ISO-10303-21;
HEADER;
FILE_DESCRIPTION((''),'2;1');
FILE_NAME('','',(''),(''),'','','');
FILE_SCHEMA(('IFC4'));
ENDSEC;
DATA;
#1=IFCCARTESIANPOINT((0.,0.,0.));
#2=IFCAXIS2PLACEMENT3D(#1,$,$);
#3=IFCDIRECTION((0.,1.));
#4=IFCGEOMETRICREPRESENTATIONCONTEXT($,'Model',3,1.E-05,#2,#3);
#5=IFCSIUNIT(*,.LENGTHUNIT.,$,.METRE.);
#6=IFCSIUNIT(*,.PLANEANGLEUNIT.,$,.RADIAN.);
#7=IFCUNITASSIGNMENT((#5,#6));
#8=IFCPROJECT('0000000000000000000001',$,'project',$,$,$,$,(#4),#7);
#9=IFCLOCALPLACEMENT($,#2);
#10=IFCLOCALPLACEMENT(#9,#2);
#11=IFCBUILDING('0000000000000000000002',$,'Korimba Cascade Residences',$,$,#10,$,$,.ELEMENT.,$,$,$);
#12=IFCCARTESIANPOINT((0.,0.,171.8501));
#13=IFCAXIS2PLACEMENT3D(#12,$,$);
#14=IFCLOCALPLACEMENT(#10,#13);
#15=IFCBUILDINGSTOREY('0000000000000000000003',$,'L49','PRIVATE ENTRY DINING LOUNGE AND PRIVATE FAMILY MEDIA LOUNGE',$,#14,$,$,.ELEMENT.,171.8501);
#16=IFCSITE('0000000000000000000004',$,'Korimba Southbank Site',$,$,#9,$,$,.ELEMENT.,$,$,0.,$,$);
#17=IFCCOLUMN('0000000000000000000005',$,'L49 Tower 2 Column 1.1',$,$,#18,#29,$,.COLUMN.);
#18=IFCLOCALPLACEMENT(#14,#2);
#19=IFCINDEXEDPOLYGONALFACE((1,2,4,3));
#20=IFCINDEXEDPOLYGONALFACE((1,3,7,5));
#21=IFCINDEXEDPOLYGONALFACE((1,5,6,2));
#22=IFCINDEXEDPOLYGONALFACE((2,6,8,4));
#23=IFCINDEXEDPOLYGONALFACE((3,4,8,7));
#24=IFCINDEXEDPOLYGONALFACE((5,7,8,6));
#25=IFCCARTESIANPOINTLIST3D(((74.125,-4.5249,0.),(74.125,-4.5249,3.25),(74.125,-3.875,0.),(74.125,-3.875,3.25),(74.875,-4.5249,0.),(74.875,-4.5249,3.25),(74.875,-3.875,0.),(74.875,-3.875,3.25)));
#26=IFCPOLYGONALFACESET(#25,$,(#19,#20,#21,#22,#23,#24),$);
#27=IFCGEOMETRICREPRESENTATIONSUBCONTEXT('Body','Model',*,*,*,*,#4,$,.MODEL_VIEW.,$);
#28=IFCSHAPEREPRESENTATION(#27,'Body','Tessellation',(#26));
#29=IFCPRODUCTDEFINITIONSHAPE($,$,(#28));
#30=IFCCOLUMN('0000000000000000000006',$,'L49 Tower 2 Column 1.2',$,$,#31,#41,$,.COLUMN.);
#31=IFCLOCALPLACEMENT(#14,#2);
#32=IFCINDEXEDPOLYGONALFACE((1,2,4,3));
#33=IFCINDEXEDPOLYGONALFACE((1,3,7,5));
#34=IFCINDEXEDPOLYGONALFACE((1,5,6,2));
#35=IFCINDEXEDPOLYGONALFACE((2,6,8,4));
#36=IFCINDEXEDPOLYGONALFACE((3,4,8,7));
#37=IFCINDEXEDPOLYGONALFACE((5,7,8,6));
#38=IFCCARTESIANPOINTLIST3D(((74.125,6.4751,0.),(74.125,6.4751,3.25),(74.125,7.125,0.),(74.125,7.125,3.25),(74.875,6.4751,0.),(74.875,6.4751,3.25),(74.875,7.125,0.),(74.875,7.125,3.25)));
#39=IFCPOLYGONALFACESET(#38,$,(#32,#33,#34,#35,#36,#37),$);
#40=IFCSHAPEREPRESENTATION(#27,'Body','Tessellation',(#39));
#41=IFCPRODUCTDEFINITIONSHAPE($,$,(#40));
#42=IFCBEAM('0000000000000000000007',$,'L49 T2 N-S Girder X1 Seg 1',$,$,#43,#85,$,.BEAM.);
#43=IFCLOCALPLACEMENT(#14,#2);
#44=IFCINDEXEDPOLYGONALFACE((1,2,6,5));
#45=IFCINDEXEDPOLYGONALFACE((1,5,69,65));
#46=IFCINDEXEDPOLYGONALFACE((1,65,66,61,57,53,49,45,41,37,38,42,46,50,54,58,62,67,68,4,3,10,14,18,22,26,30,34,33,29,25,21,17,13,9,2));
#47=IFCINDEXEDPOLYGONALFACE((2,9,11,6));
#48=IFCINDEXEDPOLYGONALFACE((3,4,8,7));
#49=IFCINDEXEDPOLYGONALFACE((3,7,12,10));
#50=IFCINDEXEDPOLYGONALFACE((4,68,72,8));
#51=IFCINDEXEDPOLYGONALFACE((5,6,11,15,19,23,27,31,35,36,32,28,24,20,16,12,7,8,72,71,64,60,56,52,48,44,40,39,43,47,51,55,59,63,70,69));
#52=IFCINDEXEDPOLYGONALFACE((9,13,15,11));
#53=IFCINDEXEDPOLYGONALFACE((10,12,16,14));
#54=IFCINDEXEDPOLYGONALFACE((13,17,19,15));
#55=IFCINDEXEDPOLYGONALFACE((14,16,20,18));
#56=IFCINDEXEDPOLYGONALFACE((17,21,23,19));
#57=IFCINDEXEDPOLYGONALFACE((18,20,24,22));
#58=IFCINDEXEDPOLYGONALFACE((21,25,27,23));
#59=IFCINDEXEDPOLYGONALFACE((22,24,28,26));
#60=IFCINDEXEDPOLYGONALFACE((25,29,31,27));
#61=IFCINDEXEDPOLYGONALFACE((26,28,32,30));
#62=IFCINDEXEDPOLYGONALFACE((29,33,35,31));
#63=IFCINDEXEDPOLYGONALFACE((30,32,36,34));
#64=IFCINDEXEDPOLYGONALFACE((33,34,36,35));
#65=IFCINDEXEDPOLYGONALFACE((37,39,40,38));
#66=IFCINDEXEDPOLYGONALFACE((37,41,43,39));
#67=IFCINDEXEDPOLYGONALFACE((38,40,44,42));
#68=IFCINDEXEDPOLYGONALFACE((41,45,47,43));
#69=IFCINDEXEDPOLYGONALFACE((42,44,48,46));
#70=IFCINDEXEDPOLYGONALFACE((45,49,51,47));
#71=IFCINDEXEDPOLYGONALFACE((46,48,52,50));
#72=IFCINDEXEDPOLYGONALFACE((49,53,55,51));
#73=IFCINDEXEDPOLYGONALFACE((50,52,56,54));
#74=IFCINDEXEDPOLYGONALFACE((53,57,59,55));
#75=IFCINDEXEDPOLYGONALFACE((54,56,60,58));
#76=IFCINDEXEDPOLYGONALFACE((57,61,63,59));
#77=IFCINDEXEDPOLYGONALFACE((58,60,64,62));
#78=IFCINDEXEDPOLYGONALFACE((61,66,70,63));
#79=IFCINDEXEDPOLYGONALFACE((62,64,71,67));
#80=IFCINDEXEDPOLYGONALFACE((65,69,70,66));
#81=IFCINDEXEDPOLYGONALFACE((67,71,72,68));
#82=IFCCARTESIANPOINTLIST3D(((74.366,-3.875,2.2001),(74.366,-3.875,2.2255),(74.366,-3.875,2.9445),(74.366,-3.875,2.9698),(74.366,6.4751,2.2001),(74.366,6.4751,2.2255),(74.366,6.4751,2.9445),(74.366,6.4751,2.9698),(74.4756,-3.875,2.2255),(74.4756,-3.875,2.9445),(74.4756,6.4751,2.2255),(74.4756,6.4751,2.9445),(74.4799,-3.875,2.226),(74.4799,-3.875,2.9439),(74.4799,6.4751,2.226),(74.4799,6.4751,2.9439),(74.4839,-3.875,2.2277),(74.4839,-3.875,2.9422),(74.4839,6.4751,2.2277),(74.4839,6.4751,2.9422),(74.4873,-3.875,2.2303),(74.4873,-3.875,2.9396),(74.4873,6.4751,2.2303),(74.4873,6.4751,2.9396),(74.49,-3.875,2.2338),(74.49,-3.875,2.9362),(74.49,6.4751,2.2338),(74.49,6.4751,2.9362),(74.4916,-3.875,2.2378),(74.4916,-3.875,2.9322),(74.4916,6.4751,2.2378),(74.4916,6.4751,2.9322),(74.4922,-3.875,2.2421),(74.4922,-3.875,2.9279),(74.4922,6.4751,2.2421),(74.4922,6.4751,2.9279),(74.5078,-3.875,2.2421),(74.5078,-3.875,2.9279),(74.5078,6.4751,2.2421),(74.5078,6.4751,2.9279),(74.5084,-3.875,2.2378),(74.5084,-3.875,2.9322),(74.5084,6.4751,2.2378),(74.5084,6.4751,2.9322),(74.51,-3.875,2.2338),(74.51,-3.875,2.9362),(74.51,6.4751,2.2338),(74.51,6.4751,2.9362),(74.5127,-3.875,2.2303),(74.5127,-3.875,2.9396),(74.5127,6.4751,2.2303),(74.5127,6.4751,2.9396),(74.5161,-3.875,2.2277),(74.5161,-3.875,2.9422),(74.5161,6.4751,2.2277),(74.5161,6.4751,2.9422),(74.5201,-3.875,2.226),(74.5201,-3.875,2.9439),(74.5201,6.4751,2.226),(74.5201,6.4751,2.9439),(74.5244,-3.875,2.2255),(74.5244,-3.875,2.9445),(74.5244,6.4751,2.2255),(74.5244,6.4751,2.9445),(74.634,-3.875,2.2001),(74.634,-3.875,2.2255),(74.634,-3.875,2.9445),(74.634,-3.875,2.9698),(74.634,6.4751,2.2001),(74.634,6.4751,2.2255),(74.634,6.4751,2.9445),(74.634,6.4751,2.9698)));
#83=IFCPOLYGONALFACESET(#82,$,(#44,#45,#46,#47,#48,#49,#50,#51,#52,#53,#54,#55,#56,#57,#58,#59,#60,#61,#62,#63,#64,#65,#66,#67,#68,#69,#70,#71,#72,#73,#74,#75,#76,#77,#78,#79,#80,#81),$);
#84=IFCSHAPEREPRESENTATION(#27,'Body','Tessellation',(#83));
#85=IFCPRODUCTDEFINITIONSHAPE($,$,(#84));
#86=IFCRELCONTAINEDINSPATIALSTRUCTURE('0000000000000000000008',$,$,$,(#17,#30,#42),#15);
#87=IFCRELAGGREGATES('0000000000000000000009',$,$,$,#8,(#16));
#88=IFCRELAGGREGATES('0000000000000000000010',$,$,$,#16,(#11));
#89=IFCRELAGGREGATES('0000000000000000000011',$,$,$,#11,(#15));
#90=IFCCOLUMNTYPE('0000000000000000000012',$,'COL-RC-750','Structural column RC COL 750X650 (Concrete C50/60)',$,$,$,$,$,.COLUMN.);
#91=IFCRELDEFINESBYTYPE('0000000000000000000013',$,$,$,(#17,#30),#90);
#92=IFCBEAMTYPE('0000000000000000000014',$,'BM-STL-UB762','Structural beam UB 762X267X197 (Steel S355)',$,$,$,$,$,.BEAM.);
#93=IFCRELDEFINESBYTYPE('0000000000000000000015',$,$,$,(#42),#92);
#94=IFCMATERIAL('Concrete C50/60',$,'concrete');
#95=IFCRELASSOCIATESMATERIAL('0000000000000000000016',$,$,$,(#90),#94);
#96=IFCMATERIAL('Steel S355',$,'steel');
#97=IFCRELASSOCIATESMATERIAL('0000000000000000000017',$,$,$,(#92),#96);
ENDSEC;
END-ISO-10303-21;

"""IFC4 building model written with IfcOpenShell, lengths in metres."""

from ifc_helpers import new_model, si_unit, direction, frame, origin, origin_2d, place, context, subcontext, project, spatial, rectangle, i_section, extrude, material, material_profile, profile_set, type_object, element, save


model = new_model("IFC4")

# Units and contexts
model_context = context("Model", 3, precision=1e-05, world=origin(), true_north=direction((0.0, 1.0)))
body_context = subcontext(model_context, "Body", "Model", "MODEL_VIEW")
ifc_project = project(units=[si_unit("LENGTHUNIT", "METRE"), si_unit("PLANEANGLEUNIT", "RADIAN")], contexts=[model_context])

# Site, building, storey
site_placement = place(None, origin())
site = spatial("IfcSite", under=ifc_project, at=site_placement, Name="Korimba Southbank Site", CompositionType="ELEMENT", RefElevation=0.0)
building_placement = place(site_placement, origin())
building = spatial("IfcBuilding", under=site, at=building_placement, Name="Korimba Cascade Residences", CompositionType="ELEMENT")
storey_placement = place(building_placement, frame((0.0, 0.0, 171.8501)))
storey = spatial("IfcBuildingStorey", under=building, at=storey_placement, Name="L49", Description="PRIVATE ENTRY DINING LOUNGE AND PRIVATE FAMILY MEDIA LOUNGE", CompositionType="ELEMENT", Elevation=171.8501)

# Columns
ifc_material_1 = material(Name="Concrete C50/60", Category="concrete")
ifc_material_profile_1 = material_profile(ifc_material_1, rectangle(XDim=0.75, YDim=0.6499, at=origin_2d()), Name="Concrete C50/60")
ifc_profile_set_1 = profile_set([ifc_material_profile_1], Name="Concrete C50/60")
column_type = type_object("IfcColumnType", Name="COL-RC-750", Description="Structural column RC COL 750X650 (Concrete C50/60)", PredefinedType="COLUMN", material=ifc_profile_set_1)
for number, where, z_axis, x_axis, name in (
    (1, (74.5, -4.2, 0.0), (0.0, 0.0, 1.0), (1.0, 0.0, 0.0), "L49 Tower 2 Column 1.1"),
    (2, (74.5, 6.8, 0.0), (0.0, 0.0, 1.0), (1.0, 0.0, 0.0), "L49 Tower 2 Column 1.2"),
):
    element("IfcColumn", number, at=place(storey_placement, frame(where, z_axis=z_axis, x_axis=x_axis)), inside=storey, type_object=column_type, Name=name, PredefinedType="COLUMN", context=body_context, shape_type="SweptSolid", body=[
        extrude(rectangle(XDim=0.75, YDim=0.6499, at=origin_2d()), origin(), (0.0, 0.0, 1.0), 3.25),
    ])

# Beam
ifc_material_2 = material(Name="Steel S355", Category="steel")
ifc_material_profile_2 = material_profile(ifc_material_2, i_section(OverallWidth=0.2681, OverallDepth=0.7698, WebThickness=0.0156, FlangeThickness=0.0254, FilletRadius=0.0166, at=origin_2d()), Name="Steel S355")
ifc_profile_set_2 = profile_set([ifc_material_profile_2], Name="Steel S355")
beam_type = type_object("IfcBeamType", Name="BM-STL-UB762", Description="Structural beam UB 762X267X197 (Steel S355)", PredefinedType="BEAM", material=ifc_profile_set_2)
beam_placement = place(storey_placement, frame((74.5, -3.875, 2.585), z_axis=(0.0, 1.0, 0.0), x_axis=(-1.0, 0.0, 0.0)))
element("IfcBeam", 3, at=beam_placement, inside=storey, type_object=beam_type, Name="L49 T2 N-S Girder X1 Seg 1", PredefinedType="BEAM", context=body_context, shape_type="SweptSolid", body=[
    extrude(i_section(OverallWidth=0.2681, OverallDepth=0.7698, WebThickness=0.0156, FlangeThickness=0.0254, FilletRadius=0.0166, at=origin_2d()), origin(), (0.0, 0.0, 1.0), 10.3501),
])

save(model, "model.ifc")
